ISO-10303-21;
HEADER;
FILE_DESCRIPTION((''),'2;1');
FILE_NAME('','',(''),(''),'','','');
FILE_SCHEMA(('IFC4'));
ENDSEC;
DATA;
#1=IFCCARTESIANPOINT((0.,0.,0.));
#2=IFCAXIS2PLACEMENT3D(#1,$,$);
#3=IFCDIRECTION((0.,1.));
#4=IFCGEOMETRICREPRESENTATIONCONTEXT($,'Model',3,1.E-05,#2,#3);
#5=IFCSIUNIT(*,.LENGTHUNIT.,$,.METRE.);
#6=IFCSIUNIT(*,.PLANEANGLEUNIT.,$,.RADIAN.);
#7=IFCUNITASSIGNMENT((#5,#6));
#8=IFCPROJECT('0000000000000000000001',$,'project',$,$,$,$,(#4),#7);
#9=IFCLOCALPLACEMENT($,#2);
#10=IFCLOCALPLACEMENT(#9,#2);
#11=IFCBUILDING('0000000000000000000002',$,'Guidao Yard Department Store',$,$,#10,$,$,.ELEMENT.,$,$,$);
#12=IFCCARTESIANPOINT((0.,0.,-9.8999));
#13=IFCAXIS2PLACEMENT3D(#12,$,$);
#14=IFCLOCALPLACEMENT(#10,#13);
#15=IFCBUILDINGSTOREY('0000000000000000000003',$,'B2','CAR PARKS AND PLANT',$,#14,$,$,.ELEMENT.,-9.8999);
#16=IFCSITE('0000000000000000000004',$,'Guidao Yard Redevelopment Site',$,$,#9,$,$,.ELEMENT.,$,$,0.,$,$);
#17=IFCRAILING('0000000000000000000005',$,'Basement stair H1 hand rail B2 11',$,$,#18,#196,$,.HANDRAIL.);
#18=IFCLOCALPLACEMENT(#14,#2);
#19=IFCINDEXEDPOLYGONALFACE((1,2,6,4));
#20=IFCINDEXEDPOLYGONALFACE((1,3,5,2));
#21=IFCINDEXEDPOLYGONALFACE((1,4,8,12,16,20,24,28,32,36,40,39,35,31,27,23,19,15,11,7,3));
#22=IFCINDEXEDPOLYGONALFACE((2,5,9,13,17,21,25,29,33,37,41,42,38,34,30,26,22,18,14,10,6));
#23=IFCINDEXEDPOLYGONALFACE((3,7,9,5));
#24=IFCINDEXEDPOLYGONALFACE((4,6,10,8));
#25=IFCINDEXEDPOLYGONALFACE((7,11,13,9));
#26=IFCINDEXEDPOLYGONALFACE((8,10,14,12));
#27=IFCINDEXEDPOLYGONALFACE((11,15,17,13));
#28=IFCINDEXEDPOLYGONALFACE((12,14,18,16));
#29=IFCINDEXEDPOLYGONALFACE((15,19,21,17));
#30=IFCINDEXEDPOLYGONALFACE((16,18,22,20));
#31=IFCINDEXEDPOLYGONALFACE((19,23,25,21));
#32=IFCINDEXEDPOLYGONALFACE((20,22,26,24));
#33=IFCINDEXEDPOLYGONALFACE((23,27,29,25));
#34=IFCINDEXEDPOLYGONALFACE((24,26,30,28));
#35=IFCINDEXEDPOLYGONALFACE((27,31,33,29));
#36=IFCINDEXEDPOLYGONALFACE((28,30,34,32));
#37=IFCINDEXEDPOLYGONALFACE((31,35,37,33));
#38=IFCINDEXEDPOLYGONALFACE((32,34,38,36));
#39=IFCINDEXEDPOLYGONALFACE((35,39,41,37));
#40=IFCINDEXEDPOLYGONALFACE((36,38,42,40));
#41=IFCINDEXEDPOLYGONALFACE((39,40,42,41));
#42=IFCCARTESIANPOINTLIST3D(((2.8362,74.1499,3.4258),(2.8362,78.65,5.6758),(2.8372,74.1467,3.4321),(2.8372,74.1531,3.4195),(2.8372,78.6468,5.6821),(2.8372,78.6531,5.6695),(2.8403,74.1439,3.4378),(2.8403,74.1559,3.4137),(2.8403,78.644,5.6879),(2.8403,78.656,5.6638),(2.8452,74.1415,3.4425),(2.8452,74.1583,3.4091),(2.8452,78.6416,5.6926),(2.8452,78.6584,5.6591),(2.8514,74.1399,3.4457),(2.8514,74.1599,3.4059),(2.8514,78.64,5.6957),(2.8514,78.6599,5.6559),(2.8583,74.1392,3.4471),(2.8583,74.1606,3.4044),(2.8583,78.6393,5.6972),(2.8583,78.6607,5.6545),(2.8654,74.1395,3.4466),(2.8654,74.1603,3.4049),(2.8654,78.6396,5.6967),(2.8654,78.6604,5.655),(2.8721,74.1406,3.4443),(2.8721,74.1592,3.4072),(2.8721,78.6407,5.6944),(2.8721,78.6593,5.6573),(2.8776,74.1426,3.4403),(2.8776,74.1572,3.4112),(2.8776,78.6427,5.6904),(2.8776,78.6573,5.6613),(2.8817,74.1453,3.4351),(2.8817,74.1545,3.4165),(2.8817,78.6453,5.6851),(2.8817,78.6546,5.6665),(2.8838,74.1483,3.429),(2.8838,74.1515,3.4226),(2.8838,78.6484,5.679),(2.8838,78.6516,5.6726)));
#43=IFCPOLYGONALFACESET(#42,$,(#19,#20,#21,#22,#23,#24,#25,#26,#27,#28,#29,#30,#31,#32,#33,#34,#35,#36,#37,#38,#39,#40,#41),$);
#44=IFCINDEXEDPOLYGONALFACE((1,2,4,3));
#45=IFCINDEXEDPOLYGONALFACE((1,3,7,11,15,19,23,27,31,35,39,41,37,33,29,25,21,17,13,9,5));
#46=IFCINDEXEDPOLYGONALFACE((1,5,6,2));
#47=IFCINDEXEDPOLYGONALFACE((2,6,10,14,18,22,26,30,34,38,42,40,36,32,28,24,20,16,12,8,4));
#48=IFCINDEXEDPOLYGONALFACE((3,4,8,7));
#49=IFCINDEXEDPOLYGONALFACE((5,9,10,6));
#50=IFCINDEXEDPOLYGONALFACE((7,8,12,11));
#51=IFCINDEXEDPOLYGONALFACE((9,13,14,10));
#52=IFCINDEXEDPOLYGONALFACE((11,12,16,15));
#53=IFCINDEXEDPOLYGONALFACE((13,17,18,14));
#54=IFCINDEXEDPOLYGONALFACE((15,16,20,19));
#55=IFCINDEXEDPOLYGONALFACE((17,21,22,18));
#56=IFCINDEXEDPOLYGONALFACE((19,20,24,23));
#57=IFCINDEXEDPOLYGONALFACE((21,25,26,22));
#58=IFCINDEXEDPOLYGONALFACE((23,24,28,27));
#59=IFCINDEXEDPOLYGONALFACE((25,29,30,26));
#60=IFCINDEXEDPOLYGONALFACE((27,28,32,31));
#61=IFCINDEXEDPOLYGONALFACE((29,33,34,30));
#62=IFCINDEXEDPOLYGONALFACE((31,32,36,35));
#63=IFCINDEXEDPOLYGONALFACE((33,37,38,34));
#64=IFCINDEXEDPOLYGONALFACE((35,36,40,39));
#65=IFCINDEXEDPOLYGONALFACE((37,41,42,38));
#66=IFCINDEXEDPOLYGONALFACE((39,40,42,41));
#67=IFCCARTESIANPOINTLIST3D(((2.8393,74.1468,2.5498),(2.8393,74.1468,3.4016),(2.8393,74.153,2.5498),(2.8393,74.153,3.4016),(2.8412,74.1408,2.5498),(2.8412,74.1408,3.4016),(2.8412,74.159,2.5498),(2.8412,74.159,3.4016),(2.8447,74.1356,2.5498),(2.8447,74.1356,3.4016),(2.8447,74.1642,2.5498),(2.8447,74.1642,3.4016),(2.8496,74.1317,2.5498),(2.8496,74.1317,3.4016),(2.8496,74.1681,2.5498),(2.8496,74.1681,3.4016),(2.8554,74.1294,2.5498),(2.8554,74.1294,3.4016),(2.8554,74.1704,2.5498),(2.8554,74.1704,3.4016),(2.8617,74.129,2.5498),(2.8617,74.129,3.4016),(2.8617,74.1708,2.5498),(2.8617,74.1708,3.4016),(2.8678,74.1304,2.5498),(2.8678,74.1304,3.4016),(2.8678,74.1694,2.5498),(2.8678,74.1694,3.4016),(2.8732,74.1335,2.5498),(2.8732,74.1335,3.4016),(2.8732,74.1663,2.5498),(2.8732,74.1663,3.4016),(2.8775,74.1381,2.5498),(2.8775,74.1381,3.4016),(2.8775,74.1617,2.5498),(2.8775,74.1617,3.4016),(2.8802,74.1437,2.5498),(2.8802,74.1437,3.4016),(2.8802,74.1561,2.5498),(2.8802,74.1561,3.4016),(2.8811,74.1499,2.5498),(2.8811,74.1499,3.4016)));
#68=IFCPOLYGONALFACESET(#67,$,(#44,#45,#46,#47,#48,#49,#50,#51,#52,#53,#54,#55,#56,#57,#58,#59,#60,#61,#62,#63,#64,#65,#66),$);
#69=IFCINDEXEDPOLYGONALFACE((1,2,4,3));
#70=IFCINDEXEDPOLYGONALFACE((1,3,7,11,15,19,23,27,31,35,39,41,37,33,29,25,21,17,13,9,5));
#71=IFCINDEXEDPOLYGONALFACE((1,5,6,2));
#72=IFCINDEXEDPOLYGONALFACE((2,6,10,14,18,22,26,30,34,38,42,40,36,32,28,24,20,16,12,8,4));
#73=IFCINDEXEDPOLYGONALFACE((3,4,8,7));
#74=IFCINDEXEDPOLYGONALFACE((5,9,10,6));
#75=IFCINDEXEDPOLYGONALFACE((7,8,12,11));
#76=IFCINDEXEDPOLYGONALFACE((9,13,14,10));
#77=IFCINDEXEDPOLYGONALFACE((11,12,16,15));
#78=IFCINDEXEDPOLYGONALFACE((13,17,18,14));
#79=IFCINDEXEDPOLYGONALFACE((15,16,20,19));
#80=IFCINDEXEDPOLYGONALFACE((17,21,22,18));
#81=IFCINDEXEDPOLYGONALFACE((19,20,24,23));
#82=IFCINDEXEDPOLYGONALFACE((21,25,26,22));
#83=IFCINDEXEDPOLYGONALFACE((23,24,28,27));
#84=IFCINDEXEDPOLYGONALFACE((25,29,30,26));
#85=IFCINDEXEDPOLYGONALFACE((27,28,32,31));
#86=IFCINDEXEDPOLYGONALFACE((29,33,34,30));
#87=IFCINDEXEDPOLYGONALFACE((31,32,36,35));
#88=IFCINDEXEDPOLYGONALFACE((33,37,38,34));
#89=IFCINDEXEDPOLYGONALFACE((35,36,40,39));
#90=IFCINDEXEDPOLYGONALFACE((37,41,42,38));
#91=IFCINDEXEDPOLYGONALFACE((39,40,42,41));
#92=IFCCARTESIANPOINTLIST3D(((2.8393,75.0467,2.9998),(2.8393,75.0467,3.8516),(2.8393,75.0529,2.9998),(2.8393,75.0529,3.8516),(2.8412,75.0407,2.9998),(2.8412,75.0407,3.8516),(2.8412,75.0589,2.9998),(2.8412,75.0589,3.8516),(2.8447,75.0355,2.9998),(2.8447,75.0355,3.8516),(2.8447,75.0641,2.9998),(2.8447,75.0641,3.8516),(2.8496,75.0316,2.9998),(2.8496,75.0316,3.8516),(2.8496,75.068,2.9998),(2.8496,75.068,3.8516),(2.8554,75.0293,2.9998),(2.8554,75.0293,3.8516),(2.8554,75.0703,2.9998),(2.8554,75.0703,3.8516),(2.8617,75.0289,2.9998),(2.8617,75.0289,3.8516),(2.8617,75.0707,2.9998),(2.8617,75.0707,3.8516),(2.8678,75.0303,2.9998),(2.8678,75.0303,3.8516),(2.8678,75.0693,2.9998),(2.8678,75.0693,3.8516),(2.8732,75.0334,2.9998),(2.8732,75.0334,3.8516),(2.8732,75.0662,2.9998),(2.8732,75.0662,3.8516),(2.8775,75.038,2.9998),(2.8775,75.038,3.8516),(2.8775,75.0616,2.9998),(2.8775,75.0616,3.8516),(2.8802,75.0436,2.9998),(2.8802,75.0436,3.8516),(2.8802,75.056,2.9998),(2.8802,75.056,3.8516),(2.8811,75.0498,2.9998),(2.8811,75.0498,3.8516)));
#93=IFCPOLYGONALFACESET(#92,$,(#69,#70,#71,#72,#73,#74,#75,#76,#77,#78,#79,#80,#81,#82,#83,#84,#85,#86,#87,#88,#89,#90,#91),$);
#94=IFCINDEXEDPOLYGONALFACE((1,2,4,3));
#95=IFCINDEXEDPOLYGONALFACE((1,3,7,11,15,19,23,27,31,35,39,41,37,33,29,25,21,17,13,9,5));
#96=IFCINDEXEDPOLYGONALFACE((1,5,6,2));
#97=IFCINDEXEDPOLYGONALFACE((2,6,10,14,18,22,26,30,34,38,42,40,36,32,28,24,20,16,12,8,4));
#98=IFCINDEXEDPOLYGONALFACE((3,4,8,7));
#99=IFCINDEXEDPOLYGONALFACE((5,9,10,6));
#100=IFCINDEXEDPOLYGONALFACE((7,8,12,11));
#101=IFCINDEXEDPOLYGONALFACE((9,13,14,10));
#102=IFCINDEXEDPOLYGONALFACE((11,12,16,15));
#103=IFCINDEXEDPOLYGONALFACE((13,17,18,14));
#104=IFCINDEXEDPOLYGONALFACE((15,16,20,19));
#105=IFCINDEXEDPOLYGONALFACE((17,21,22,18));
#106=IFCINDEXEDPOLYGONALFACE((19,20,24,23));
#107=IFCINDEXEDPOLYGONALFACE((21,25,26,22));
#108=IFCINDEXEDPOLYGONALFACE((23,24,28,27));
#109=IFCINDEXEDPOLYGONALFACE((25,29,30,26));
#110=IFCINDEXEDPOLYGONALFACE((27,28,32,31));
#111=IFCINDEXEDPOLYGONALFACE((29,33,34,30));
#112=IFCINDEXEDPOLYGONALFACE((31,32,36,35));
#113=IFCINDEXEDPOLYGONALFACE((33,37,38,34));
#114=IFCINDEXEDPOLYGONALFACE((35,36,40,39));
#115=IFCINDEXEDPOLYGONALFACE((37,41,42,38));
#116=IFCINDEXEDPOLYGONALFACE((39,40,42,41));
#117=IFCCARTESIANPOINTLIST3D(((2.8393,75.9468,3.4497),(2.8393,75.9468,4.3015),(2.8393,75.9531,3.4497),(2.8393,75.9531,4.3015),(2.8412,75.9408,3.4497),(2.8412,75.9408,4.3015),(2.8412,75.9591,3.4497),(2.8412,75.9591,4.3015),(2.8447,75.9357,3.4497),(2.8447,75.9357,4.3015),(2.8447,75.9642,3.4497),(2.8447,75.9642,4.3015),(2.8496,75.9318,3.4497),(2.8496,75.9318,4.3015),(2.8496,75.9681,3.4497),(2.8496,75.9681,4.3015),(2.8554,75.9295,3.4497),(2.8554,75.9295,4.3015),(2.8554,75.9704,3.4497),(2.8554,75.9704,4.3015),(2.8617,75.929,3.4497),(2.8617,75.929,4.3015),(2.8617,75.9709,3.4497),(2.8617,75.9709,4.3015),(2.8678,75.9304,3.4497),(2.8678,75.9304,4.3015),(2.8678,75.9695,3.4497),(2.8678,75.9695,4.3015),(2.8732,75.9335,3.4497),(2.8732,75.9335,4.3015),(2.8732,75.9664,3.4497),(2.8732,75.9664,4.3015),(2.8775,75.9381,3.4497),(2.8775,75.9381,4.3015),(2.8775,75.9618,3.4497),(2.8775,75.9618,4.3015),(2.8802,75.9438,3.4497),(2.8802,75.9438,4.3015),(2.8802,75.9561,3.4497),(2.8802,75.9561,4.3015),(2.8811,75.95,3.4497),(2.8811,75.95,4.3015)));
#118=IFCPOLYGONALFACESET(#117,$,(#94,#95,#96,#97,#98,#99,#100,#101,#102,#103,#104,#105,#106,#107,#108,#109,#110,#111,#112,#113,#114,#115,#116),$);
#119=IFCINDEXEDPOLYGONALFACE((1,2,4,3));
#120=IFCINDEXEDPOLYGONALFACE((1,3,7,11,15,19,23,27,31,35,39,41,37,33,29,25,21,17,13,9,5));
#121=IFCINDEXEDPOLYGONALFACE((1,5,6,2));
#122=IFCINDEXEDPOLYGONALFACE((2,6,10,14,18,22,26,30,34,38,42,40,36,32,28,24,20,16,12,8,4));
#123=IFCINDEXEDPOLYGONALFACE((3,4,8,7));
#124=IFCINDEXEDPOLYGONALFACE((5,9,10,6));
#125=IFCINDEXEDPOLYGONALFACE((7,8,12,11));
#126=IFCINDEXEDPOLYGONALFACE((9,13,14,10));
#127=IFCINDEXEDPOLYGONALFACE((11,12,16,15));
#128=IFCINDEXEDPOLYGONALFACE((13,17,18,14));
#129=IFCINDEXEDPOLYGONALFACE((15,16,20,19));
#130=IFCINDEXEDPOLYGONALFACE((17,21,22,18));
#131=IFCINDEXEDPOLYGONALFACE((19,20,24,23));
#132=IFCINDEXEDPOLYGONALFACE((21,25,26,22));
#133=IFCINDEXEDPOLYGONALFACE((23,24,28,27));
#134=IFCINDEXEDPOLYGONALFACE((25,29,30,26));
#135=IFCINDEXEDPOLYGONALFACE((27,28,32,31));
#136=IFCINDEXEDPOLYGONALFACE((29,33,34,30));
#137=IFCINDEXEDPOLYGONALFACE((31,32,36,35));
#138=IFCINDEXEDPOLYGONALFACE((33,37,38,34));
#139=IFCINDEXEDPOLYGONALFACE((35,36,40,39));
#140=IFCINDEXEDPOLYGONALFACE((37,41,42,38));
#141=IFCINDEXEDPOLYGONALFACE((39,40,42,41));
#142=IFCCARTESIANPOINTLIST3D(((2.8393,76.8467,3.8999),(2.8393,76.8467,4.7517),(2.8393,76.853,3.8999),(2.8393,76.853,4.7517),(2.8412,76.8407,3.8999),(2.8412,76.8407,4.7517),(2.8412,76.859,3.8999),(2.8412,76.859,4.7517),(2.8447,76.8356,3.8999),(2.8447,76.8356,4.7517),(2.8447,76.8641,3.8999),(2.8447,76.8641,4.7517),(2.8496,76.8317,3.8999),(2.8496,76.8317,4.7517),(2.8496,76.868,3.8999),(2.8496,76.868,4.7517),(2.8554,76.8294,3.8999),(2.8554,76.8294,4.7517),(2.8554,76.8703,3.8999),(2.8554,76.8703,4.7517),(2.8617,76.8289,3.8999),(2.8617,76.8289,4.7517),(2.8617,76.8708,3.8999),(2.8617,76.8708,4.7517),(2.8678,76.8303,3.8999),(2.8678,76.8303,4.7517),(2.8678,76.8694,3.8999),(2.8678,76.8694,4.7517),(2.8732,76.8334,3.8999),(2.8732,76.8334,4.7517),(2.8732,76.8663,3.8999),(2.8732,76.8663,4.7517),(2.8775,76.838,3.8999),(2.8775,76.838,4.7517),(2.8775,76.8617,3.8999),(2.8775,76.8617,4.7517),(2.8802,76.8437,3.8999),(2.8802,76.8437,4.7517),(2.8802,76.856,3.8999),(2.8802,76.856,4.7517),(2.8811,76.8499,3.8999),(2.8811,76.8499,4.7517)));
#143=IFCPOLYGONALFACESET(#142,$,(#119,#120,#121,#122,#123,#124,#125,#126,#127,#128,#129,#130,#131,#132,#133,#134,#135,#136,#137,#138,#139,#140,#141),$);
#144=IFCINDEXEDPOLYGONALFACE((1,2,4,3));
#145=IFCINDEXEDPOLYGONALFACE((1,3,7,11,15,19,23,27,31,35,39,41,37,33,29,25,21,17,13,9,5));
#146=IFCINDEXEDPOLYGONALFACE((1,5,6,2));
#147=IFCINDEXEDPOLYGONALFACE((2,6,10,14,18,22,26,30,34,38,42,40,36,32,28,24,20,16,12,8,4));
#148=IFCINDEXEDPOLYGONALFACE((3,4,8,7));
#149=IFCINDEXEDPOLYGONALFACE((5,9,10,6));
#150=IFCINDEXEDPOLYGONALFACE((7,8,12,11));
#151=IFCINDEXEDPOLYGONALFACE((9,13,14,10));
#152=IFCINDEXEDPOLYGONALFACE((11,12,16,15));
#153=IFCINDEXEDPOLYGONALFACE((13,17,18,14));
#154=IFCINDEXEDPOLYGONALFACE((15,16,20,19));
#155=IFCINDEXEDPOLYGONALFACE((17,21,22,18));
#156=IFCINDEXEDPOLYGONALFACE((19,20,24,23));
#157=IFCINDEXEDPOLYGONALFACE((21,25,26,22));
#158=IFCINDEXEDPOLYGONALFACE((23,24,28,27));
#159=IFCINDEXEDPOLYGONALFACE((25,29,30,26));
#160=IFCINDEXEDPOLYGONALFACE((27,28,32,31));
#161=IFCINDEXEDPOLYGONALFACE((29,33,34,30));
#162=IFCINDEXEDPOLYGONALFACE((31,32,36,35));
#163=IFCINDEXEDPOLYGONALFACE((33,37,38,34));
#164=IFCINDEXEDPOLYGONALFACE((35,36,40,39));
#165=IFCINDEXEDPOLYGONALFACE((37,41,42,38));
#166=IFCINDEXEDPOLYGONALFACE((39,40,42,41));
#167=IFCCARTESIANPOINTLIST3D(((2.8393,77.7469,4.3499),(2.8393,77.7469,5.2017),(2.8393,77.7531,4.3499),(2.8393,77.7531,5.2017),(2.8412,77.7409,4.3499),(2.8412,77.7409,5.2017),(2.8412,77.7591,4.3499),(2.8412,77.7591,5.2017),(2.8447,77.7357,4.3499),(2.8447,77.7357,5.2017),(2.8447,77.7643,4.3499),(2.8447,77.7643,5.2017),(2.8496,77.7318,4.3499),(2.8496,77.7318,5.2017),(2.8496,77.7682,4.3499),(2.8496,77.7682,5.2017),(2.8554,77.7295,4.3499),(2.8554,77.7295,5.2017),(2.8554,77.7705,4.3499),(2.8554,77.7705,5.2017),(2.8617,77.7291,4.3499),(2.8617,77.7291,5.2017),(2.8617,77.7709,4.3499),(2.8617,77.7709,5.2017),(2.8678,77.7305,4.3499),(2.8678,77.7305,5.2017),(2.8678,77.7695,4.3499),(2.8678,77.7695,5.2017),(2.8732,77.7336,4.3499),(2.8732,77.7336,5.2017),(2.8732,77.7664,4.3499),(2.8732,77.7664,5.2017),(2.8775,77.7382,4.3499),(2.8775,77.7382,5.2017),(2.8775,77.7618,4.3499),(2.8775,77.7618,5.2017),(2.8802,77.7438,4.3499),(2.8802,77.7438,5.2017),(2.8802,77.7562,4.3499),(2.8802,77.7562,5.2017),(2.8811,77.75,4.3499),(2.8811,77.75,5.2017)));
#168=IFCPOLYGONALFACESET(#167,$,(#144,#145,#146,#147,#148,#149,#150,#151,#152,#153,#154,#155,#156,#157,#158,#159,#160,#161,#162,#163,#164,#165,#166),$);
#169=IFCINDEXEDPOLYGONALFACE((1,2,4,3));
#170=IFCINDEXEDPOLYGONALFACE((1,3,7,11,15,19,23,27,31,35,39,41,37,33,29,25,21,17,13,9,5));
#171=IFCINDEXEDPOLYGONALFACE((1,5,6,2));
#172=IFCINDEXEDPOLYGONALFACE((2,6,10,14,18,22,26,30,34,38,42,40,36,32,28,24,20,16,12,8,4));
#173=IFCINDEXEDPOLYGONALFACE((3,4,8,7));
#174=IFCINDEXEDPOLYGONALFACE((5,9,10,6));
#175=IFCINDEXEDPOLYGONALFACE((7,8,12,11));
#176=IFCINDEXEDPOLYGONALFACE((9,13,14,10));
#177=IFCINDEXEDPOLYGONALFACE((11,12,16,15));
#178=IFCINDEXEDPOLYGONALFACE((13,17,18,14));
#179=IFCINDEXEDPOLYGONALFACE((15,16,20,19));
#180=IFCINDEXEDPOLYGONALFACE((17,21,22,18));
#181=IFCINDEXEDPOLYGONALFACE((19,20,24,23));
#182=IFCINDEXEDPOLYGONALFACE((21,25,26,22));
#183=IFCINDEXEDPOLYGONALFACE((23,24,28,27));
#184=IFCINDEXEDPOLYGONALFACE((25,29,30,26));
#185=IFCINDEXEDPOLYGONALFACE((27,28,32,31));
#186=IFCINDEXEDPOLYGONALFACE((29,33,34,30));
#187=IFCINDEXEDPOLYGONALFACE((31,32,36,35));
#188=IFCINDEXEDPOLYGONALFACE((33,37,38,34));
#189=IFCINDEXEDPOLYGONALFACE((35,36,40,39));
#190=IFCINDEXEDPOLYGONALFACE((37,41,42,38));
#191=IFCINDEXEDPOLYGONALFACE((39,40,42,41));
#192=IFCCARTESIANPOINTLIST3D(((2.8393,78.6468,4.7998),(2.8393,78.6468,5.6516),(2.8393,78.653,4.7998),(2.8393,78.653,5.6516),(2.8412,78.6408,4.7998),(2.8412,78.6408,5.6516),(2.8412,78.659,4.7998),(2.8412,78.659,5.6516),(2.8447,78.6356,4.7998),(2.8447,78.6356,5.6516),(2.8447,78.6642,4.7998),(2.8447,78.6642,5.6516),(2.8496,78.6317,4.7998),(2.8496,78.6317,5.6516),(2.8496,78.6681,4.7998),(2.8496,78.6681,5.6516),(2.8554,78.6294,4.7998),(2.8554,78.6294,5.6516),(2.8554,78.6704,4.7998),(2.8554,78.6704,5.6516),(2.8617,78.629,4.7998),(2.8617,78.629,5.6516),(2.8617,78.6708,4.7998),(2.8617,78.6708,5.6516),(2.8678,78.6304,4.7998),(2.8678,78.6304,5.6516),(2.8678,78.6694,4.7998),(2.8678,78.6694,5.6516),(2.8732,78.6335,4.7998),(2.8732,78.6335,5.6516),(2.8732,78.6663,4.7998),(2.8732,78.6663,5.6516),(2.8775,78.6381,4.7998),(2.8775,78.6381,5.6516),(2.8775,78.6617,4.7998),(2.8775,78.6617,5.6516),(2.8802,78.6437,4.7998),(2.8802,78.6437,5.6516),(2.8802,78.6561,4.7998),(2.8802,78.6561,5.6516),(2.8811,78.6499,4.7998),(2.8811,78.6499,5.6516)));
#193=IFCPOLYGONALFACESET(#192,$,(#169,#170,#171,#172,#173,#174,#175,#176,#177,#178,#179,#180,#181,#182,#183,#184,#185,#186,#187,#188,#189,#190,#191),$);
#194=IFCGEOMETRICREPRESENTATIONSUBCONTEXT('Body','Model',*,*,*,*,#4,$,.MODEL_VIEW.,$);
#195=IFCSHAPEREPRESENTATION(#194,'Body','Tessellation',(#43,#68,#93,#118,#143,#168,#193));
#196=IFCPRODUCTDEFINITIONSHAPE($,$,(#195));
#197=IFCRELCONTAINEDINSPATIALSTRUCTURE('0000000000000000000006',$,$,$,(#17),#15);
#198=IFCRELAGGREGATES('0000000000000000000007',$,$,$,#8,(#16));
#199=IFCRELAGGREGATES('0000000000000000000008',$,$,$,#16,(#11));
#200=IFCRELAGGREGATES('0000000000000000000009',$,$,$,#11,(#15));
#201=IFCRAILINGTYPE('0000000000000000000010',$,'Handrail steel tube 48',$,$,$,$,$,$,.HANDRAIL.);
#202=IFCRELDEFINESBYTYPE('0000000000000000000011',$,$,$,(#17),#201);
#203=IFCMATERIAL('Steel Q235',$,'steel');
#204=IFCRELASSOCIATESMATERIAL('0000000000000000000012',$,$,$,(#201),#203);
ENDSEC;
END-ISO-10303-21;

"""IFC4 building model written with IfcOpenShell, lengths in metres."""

from ifc_helpers import new_model, si_unit, direction, frame, origin, origin_2d, place, context, subcontext, project, spatial, circle, extrude, material, type_object, element, save


model = new_model("IFC4")

# Units and contexts
model_context = context("Model", 3, precision=1e-05, world=origin(), true_north=direction((0.0, 1.0)))
body_context = subcontext(model_context, "Body", "Model", "MODEL_VIEW")
ifc_project = project(units=[si_unit("LENGTHUNIT", "METRE"), si_unit("PLANEANGLEUNIT", "RADIAN")], contexts=[model_context])

# Site, building, storey
site_placement = place(None, origin())
site = spatial("IfcSite", under=ifc_project, at=site_placement, Name="Guidao Yard Redevelopment Site", CompositionType="ELEMENT", RefElevation=0.0)
building_placement = place(site_placement, origin())
building = spatial("IfcBuilding", under=site, at=building_placement, Name="Guidao Yard Department Store", CompositionType="ELEMENT")
storey_placement = place(building_placement, frame((0.0, 0.0, -9.8999)))
storey = spatial("IfcBuildingStorey", under=building, at=storey_placement, Name="B2", Description="CAR PARKS AND PLANT", CompositionType="ELEMENT", Elevation=-9.8999)

# Railing
ifc_material_1 = material(Name="Steel Q235", Category="steel")
railing_type_1 = type_object("IfcRailingType", Name="Handrail steel tube 48", PredefinedType="HANDRAIL", material=ifc_material_1)
for number, where, name in (
    (1, (2.8601, 74.1499, 2.5498), "Basement stair H1 hand rail B2 11"),
):
    element("IfcRailing", number, at=place(storey_placement, frame(where)), inside=storey, type_object=railing_type_1, Name=name, PredefinedType="HANDRAIL", context=body_context, shape_type="SweptSolid", body=[
        extrude(circle(Radius=0.0239, at=origin_2d()), frame((0.0, 0.0, 0.876), z_axis=(0.0, 0.894427, 0.447214), x_axis=(-1.0, 0.0, 0.0)), (0.0, 0.0, 1.0), 5.0312),
        extrude(circle(Radius=0.021, at=origin_2d()), origin(), (0.0, 0.0, 1.0), 0.8518),
        extrude(circle(Radius=0.021, at=origin_2d()), frame((0.0, 0.8999, 0.45)), (0.0, 0.0, 1.0), 0.8518),
        extrude(circle(Radius=0.021, at=origin_2d()), frame((0.0, 1.8, 0.8999)), (0.0, 0.0, 1.0), 0.8518),
        extrude(circle(Radius=0.021, at=origin_2d()), frame((0.0, 2.7, 1.3501)), (0.0, 0.0, 1.0), 0.8518),
        extrude(circle(Radius=0.021, at=origin_2d()), frame((0.0, 3.6001, 1.8)), (0.0, 0.0, 1.0), 0.8518),
        extrude(circle(Radius=0.021, at=origin_2d()), frame((0.0, 4.5, 2.25)), (0.0, 0.0, 1.0), 0.8518),
    ])

save(model, "model.ifc")
